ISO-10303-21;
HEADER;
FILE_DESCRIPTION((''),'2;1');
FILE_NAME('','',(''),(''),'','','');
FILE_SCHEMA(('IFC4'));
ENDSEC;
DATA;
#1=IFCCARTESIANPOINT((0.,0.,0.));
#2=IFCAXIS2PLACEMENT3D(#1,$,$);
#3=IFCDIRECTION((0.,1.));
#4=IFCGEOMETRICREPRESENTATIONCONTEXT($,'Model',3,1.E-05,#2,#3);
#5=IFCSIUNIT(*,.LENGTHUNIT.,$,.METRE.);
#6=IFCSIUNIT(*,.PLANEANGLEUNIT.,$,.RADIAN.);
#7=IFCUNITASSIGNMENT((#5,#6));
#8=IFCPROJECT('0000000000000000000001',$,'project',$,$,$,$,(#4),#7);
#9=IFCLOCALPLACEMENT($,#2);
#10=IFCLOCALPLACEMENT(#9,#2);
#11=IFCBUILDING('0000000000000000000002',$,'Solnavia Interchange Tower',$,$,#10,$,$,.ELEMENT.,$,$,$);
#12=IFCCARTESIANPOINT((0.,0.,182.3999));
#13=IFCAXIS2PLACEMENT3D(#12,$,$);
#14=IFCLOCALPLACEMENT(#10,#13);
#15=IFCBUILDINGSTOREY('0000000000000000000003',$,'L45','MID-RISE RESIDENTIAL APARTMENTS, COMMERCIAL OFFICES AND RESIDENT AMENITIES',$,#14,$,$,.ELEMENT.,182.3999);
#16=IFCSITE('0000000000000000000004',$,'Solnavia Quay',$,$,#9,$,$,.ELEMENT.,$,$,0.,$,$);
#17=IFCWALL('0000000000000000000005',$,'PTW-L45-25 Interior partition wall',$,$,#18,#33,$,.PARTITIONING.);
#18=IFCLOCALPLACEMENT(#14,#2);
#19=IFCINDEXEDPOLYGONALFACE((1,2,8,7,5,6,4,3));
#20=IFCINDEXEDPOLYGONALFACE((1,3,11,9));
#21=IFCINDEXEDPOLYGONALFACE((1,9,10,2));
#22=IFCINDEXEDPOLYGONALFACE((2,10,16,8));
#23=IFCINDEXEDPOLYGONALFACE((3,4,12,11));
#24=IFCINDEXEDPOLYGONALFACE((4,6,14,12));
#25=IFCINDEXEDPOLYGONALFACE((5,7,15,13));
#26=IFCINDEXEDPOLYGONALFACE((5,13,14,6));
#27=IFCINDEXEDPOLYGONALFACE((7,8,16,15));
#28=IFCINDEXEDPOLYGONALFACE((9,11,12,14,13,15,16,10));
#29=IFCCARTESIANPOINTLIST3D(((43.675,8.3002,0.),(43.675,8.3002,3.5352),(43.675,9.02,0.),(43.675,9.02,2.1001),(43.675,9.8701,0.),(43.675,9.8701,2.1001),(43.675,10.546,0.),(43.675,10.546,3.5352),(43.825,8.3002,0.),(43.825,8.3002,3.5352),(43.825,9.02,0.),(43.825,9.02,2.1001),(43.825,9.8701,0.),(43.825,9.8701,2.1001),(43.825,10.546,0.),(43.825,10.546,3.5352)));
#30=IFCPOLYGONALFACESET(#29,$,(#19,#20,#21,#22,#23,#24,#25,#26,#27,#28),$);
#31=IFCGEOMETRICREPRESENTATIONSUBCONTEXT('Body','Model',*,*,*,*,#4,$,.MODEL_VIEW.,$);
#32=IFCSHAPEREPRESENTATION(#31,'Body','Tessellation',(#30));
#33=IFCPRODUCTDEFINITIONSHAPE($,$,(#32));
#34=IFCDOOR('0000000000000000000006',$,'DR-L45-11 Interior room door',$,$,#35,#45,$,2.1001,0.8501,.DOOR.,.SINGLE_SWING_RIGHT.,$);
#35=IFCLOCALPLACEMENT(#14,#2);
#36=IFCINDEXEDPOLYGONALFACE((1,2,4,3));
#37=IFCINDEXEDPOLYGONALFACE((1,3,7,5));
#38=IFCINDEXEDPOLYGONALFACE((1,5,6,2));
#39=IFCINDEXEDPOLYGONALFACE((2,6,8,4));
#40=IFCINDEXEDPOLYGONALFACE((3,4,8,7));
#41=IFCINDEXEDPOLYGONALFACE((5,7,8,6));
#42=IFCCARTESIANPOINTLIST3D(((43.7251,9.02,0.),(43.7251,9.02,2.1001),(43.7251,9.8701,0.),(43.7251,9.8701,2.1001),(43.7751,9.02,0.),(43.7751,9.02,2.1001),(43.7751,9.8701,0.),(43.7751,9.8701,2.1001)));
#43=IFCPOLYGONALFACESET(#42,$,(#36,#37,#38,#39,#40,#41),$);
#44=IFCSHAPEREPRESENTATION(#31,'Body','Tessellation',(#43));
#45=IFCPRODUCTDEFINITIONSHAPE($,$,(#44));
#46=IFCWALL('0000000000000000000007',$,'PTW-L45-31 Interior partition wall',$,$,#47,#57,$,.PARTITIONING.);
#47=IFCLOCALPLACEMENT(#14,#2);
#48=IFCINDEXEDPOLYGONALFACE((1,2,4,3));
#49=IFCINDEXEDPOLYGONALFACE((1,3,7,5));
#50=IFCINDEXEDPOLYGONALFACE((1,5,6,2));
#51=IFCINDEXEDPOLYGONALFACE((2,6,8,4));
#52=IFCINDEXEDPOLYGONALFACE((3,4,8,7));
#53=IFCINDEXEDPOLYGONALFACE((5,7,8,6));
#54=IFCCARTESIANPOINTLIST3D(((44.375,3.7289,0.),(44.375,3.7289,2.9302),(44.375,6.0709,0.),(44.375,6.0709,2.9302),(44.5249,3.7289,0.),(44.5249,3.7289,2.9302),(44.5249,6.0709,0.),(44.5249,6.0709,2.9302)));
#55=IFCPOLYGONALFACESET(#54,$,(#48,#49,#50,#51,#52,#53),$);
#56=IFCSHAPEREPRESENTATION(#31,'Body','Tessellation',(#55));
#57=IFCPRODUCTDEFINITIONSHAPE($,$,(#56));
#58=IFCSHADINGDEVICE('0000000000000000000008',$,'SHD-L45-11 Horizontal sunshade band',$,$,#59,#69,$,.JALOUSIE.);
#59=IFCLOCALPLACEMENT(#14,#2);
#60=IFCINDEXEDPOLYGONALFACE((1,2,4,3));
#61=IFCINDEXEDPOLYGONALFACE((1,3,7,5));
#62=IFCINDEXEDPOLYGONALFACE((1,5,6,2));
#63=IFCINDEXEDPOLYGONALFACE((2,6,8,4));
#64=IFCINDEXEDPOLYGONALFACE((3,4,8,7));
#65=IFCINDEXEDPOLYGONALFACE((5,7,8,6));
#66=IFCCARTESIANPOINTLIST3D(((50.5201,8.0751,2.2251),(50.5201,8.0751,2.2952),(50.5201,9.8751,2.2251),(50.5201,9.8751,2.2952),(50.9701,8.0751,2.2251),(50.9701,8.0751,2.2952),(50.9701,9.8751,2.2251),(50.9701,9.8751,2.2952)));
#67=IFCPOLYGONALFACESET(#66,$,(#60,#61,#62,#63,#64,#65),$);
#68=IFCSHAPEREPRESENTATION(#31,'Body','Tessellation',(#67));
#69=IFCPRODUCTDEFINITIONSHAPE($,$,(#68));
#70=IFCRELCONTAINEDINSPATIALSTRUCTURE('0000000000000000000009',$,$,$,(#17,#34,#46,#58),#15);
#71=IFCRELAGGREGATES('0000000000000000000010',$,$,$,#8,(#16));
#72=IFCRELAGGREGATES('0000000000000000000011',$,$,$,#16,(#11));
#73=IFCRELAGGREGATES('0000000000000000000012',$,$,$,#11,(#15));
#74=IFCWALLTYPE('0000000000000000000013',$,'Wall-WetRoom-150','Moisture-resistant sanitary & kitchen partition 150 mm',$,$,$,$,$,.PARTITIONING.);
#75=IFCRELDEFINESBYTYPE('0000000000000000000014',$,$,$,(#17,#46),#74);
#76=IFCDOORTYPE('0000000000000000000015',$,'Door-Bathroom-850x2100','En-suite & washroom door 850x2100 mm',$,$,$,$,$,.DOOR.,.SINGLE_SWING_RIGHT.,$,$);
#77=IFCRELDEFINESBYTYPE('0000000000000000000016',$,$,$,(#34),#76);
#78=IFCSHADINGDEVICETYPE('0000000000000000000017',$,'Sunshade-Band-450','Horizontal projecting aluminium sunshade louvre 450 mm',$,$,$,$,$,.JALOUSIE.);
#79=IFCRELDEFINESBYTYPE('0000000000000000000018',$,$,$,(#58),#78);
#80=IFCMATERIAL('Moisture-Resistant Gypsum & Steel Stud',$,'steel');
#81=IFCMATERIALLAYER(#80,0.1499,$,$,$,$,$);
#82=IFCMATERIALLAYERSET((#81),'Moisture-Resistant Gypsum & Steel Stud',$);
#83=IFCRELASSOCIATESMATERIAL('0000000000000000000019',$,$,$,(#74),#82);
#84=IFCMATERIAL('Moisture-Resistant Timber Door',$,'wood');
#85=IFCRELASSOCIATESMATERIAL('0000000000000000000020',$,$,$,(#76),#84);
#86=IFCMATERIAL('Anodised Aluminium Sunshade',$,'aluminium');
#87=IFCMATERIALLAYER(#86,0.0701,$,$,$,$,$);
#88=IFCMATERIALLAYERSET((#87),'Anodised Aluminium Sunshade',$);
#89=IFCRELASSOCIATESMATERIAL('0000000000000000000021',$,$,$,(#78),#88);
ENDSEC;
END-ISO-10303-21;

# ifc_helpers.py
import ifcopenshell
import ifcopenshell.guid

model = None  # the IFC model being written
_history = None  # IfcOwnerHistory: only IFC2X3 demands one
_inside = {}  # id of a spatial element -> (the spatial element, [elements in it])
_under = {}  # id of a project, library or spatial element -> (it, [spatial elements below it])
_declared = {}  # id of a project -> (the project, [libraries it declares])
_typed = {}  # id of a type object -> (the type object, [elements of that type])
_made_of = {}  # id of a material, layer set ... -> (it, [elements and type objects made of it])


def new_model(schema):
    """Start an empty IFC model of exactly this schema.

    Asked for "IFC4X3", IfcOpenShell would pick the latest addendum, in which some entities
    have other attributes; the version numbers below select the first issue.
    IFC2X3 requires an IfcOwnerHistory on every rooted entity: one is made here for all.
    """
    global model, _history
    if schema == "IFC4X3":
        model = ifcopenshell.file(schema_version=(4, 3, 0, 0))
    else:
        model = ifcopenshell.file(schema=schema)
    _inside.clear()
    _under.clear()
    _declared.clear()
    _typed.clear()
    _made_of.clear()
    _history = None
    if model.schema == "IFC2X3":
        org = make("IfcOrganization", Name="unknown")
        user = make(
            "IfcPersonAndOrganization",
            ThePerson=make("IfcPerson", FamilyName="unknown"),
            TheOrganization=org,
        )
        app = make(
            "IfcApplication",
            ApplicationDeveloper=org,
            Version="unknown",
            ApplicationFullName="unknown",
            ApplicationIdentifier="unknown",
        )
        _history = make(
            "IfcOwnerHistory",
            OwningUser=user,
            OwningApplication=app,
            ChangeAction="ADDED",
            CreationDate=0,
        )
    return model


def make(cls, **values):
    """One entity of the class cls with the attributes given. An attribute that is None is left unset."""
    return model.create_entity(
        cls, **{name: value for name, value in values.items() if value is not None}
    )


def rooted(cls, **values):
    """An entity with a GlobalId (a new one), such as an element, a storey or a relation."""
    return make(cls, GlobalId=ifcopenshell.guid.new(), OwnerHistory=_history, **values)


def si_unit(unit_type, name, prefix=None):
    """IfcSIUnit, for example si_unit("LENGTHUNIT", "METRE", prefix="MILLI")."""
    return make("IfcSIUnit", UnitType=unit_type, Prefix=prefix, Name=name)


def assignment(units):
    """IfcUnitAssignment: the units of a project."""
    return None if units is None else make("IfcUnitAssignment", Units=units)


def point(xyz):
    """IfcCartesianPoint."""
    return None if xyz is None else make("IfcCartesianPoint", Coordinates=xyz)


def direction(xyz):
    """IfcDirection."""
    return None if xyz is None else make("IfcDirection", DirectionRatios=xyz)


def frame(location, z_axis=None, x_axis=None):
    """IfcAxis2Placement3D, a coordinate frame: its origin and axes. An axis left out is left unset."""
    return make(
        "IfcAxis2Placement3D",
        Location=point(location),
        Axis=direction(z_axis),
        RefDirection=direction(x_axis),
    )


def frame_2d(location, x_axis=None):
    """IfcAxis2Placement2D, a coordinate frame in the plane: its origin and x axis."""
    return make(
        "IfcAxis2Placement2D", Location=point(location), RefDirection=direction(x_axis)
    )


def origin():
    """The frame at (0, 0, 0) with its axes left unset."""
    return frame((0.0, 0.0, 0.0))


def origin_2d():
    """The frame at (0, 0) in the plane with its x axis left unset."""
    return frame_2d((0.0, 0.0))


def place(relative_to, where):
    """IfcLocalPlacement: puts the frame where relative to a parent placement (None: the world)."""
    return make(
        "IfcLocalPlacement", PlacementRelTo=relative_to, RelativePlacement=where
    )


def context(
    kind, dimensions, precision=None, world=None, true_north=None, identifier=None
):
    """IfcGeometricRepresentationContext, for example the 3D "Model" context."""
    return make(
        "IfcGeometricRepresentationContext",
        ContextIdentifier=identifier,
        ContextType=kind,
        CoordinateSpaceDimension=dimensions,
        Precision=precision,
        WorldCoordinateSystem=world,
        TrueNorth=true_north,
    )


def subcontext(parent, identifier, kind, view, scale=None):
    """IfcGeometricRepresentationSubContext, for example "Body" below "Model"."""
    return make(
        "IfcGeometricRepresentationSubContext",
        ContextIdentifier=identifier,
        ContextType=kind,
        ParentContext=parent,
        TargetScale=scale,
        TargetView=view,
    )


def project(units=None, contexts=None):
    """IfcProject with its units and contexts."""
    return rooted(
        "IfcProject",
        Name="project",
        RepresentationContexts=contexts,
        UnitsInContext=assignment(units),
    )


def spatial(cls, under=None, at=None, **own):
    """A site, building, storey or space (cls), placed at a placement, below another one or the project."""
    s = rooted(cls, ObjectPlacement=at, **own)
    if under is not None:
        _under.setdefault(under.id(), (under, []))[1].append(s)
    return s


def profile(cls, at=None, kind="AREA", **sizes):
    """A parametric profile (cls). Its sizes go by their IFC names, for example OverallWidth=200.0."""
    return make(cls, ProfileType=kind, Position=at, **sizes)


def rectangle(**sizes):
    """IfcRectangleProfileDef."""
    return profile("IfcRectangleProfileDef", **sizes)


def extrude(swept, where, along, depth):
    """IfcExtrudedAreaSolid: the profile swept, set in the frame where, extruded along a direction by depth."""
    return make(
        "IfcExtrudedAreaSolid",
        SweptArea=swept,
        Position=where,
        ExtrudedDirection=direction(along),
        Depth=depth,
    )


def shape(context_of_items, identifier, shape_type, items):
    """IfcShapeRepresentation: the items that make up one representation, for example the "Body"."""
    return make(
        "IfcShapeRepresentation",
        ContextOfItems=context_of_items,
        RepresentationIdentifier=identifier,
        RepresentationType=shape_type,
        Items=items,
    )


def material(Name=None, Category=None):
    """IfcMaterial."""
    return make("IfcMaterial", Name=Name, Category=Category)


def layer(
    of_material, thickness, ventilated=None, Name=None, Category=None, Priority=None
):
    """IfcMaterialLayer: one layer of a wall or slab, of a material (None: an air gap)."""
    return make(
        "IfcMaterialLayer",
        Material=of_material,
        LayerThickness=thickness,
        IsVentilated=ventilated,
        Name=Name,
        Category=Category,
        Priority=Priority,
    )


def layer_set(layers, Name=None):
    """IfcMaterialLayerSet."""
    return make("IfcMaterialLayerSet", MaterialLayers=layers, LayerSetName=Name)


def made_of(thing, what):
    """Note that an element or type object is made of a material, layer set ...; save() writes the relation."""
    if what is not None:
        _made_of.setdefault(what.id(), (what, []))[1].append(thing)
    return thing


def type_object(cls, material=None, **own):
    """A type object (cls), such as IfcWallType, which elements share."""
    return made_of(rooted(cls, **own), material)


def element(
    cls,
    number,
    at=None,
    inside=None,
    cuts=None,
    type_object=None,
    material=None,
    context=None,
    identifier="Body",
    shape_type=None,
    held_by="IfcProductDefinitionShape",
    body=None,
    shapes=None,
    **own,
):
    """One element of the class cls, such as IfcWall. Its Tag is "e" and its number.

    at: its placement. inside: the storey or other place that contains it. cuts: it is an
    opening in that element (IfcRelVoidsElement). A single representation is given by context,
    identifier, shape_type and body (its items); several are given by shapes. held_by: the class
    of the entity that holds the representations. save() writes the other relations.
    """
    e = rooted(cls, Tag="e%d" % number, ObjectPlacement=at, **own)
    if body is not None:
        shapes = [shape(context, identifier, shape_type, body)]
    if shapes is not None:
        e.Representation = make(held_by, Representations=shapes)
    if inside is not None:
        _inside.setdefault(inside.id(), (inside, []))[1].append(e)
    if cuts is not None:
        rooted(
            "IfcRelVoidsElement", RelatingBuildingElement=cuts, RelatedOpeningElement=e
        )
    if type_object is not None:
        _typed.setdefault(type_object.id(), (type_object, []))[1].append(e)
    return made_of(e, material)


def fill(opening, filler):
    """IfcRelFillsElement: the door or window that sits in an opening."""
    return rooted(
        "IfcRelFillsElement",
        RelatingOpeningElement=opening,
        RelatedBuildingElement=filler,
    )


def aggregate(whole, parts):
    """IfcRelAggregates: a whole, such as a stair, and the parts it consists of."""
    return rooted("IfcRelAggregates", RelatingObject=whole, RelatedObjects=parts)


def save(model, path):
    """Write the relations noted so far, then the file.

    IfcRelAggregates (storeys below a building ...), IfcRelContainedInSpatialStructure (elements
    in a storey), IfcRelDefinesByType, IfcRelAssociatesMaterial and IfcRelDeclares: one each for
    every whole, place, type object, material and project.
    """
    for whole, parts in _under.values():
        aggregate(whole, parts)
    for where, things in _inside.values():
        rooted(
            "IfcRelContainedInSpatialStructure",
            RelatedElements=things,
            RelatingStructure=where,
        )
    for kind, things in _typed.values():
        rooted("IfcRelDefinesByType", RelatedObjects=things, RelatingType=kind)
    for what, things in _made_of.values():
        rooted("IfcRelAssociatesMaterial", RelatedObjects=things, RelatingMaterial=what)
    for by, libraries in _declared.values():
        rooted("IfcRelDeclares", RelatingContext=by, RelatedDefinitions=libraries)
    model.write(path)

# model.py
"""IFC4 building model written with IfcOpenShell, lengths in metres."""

from ifc_helpers import new_model, si_unit, direction, frame, frame_2d, origin, origin_2d, place, context, subcontext, project, spatial, rectangle, extrude, material, layer, layer_set, type_object, element, fill, save


model = new_model("IFC4")

# Units and contexts
model_context = context("Model", 3, precision=1e-05, world=origin(), true_north=direction((0.0, 1.0)))
body_context = subcontext(model_context, "Body", "Model", "MODEL_VIEW")
ifc_project = project(units=[si_unit("LENGTHUNIT", "METRE"), si_unit("PLANEANGLEUNIT", "RADIAN")], contexts=[model_context])

# Site, building, storey
site_placement = place(None, origin())
site = spatial("IfcSite", under=ifc_project, at=site_placement, Name="Solnavia Quay", CompositionType="ELEMENT", RefElevation=0.0)
building_placement = place(site_placement, origin())
building = spatial("IfcBuilding", under=site, at=building_placement, Name="Solnavia Interchange Tower", CompositionType="ELEMENT")
storey_placement = place(building_placement, frame((0.0, 0.0, 182.3999)))
storey = spatial("IfcBuildingStorey", under=building, at=storey_placement, Name="L45", Description="MID-RISE RESIDENTIAL APARTMENTS, COMMERCIAL OFFICES AND RESIDENT AMENITIES", CompositionType="ELEMENT", Elevation=182.3999)

# Wall, opening, door
ifc_material_1 = material(Name="Moisture-Resistant Gypsum & Steel Stud", Category="steel")
ifc_layer_1 = layer(ifc_material_1, 0.1499)
ifc_layer_set_1 = layer_set([ifc_layer_1], Name="Moisture-Resistant Gypsum & Steel Stud")
wall_type_1 = type_object("IfcWallType", Name="Wall-WetRoom-150", Description="Moisture-resistant sanitary & kitchen partition 150 mm", PredefinedType="PARTITIONING", material=ifc_layer_set_1)
wall_1_placement = place(storey_placement, frame((43.75, 8.3, 0.0), z_axis=(0.0, 0.0, 1.0), x_axis=(0.0, 1.0, 0.0)))
wall_1 = element("IfcWall", 1, at=wall_1_placement, inside=storey, type_object=wall_type_1, Name="PTW-L45-25 Interior partition wall", PredefinedType="PARTITIONING", context=body_context, shape_type="SweptSolid", body=[
    extrude(rectangle(XDim=2.2458, YDim=0.1499, at=frame_2d((1.123, 0.0))), origin(), (0.0, 0.0, 1.0), 3.5352),
])
opening_1_placement = place(wall_1_placement, frame((0.72, 0.0, 0.0)))
opening_1 = element("IfcOpeningElement", 2, at=opening_1_placement, cuts=wall_1, PredefinedType="OPENING", context=body_context, shape_type="SweptSolid", body=[
    extrude(rectangle(XDim=0.8501, YDim=2.1001, at=frame_2d((0.425, 1.05))), frame((0.0, 0.085, 0.0), z_axis=(0.0, -1.0, 0.0), x_axis=(1.0, 0.0, 0.0)), (0.0, 0.0, 1.0), 0.1699),
])
ifc_material_2 = material(Name="Moisture-Resistant Timber Door", Category="wood")
door_type_1 = type_object("IfcDoorType", Name="Door-Bathroom-850x2100", Description="En-suite & washroom door 850x2100 mm", OperationType="SINGLE_SWING_RIGHT", PredefinedType="DOOR", material=ifc_material_2)
door_1_placement = place(opening_1_placement, origin())
door_1 = element("IfcDoor", 3, at=door_1_placement, inside=storey, type_object=door_type_1, Name="DR-L45-11 Interior room door", OperationType="SINGLE_SWING_RIGHT", OverallHeight=2.1001, OverallWidth=0.8501, PredefinedType="DOOR", context=body_context, shape_type="SweptSolid", body=[
    extrude(rectangle(XDim=0.8501, YDim=2.1001, at=frame_2d((0.425, 1.05))), frame((0.0, 0.0249, 0.0), z_axis=(0.0, -1.0, 0.0), x_axis=(1.0, 0.0, 0.0)), (0.0, 0.0, 1.0), 0.05),
])
fill(opening_1, door_1)

# Wall
wall_2_placement = place(storey_placement, frame((44.45, 3.729, 0.0), z_axis=(0.0, 0.0, 1.0), x_axis=(0.0, 1.0, 0.0)))
element("IfcWall", 4, at=wall_2_placement, inside=storey, type_object=wall_type_1, Name="PTW-L45-31 Interior partition wall", PredefinedType="PARTITIONING", context=body_context, shape_type="SweptSolid", body=[
    extrude(rectangle(XDim=2.342, YDim=0.1499, at=frame_2d((1.1709, 0.0))), origin(), (0.0, 0.0, 1.0), 2.9302),
])

# Shading device
ifc_material_3 = material(Name="Anodised Aluminium Sunshade", Category="aluminium")
ifc_layer_2 = layer(ifc_material_3, 0.0701)
ifc_layer_set_2 = layer_set([ifc_layer_2], Name="Anodised Aluminium Sunshade")
shading_device_type = type_object("IfcShadingDeviceType", Name="Sunshade-Band-450", Description="Horizontal projecting aluminium sunshade louvre 450 mm", PredefinedType="JALOUSIE", material=ifc_layer_set_2)
shading_device_placement = place(storey_placement, frame((50.7451, 8.9751, 2.2251), z_axis=(0.0, 0.0, 1.0), x_axis=(0.0, -1.0, 0.0)))
element("IfcShadingDevice", 5, at=shading_device_placement, inside=storey, type_object=shading_device_type, Name="SHD-L45-11 Horizontal sunshade band", PredefinedType="JALOUSIE", context=body_context, shape_type="SweptSolid", body=[
    extrude(rectangle(XDim=1.8, YDim=0.45, at=origin_2d()), origin(), (0.0, 0.0, 1.0), 0.0701),
])

save(model, "model.ifc")
